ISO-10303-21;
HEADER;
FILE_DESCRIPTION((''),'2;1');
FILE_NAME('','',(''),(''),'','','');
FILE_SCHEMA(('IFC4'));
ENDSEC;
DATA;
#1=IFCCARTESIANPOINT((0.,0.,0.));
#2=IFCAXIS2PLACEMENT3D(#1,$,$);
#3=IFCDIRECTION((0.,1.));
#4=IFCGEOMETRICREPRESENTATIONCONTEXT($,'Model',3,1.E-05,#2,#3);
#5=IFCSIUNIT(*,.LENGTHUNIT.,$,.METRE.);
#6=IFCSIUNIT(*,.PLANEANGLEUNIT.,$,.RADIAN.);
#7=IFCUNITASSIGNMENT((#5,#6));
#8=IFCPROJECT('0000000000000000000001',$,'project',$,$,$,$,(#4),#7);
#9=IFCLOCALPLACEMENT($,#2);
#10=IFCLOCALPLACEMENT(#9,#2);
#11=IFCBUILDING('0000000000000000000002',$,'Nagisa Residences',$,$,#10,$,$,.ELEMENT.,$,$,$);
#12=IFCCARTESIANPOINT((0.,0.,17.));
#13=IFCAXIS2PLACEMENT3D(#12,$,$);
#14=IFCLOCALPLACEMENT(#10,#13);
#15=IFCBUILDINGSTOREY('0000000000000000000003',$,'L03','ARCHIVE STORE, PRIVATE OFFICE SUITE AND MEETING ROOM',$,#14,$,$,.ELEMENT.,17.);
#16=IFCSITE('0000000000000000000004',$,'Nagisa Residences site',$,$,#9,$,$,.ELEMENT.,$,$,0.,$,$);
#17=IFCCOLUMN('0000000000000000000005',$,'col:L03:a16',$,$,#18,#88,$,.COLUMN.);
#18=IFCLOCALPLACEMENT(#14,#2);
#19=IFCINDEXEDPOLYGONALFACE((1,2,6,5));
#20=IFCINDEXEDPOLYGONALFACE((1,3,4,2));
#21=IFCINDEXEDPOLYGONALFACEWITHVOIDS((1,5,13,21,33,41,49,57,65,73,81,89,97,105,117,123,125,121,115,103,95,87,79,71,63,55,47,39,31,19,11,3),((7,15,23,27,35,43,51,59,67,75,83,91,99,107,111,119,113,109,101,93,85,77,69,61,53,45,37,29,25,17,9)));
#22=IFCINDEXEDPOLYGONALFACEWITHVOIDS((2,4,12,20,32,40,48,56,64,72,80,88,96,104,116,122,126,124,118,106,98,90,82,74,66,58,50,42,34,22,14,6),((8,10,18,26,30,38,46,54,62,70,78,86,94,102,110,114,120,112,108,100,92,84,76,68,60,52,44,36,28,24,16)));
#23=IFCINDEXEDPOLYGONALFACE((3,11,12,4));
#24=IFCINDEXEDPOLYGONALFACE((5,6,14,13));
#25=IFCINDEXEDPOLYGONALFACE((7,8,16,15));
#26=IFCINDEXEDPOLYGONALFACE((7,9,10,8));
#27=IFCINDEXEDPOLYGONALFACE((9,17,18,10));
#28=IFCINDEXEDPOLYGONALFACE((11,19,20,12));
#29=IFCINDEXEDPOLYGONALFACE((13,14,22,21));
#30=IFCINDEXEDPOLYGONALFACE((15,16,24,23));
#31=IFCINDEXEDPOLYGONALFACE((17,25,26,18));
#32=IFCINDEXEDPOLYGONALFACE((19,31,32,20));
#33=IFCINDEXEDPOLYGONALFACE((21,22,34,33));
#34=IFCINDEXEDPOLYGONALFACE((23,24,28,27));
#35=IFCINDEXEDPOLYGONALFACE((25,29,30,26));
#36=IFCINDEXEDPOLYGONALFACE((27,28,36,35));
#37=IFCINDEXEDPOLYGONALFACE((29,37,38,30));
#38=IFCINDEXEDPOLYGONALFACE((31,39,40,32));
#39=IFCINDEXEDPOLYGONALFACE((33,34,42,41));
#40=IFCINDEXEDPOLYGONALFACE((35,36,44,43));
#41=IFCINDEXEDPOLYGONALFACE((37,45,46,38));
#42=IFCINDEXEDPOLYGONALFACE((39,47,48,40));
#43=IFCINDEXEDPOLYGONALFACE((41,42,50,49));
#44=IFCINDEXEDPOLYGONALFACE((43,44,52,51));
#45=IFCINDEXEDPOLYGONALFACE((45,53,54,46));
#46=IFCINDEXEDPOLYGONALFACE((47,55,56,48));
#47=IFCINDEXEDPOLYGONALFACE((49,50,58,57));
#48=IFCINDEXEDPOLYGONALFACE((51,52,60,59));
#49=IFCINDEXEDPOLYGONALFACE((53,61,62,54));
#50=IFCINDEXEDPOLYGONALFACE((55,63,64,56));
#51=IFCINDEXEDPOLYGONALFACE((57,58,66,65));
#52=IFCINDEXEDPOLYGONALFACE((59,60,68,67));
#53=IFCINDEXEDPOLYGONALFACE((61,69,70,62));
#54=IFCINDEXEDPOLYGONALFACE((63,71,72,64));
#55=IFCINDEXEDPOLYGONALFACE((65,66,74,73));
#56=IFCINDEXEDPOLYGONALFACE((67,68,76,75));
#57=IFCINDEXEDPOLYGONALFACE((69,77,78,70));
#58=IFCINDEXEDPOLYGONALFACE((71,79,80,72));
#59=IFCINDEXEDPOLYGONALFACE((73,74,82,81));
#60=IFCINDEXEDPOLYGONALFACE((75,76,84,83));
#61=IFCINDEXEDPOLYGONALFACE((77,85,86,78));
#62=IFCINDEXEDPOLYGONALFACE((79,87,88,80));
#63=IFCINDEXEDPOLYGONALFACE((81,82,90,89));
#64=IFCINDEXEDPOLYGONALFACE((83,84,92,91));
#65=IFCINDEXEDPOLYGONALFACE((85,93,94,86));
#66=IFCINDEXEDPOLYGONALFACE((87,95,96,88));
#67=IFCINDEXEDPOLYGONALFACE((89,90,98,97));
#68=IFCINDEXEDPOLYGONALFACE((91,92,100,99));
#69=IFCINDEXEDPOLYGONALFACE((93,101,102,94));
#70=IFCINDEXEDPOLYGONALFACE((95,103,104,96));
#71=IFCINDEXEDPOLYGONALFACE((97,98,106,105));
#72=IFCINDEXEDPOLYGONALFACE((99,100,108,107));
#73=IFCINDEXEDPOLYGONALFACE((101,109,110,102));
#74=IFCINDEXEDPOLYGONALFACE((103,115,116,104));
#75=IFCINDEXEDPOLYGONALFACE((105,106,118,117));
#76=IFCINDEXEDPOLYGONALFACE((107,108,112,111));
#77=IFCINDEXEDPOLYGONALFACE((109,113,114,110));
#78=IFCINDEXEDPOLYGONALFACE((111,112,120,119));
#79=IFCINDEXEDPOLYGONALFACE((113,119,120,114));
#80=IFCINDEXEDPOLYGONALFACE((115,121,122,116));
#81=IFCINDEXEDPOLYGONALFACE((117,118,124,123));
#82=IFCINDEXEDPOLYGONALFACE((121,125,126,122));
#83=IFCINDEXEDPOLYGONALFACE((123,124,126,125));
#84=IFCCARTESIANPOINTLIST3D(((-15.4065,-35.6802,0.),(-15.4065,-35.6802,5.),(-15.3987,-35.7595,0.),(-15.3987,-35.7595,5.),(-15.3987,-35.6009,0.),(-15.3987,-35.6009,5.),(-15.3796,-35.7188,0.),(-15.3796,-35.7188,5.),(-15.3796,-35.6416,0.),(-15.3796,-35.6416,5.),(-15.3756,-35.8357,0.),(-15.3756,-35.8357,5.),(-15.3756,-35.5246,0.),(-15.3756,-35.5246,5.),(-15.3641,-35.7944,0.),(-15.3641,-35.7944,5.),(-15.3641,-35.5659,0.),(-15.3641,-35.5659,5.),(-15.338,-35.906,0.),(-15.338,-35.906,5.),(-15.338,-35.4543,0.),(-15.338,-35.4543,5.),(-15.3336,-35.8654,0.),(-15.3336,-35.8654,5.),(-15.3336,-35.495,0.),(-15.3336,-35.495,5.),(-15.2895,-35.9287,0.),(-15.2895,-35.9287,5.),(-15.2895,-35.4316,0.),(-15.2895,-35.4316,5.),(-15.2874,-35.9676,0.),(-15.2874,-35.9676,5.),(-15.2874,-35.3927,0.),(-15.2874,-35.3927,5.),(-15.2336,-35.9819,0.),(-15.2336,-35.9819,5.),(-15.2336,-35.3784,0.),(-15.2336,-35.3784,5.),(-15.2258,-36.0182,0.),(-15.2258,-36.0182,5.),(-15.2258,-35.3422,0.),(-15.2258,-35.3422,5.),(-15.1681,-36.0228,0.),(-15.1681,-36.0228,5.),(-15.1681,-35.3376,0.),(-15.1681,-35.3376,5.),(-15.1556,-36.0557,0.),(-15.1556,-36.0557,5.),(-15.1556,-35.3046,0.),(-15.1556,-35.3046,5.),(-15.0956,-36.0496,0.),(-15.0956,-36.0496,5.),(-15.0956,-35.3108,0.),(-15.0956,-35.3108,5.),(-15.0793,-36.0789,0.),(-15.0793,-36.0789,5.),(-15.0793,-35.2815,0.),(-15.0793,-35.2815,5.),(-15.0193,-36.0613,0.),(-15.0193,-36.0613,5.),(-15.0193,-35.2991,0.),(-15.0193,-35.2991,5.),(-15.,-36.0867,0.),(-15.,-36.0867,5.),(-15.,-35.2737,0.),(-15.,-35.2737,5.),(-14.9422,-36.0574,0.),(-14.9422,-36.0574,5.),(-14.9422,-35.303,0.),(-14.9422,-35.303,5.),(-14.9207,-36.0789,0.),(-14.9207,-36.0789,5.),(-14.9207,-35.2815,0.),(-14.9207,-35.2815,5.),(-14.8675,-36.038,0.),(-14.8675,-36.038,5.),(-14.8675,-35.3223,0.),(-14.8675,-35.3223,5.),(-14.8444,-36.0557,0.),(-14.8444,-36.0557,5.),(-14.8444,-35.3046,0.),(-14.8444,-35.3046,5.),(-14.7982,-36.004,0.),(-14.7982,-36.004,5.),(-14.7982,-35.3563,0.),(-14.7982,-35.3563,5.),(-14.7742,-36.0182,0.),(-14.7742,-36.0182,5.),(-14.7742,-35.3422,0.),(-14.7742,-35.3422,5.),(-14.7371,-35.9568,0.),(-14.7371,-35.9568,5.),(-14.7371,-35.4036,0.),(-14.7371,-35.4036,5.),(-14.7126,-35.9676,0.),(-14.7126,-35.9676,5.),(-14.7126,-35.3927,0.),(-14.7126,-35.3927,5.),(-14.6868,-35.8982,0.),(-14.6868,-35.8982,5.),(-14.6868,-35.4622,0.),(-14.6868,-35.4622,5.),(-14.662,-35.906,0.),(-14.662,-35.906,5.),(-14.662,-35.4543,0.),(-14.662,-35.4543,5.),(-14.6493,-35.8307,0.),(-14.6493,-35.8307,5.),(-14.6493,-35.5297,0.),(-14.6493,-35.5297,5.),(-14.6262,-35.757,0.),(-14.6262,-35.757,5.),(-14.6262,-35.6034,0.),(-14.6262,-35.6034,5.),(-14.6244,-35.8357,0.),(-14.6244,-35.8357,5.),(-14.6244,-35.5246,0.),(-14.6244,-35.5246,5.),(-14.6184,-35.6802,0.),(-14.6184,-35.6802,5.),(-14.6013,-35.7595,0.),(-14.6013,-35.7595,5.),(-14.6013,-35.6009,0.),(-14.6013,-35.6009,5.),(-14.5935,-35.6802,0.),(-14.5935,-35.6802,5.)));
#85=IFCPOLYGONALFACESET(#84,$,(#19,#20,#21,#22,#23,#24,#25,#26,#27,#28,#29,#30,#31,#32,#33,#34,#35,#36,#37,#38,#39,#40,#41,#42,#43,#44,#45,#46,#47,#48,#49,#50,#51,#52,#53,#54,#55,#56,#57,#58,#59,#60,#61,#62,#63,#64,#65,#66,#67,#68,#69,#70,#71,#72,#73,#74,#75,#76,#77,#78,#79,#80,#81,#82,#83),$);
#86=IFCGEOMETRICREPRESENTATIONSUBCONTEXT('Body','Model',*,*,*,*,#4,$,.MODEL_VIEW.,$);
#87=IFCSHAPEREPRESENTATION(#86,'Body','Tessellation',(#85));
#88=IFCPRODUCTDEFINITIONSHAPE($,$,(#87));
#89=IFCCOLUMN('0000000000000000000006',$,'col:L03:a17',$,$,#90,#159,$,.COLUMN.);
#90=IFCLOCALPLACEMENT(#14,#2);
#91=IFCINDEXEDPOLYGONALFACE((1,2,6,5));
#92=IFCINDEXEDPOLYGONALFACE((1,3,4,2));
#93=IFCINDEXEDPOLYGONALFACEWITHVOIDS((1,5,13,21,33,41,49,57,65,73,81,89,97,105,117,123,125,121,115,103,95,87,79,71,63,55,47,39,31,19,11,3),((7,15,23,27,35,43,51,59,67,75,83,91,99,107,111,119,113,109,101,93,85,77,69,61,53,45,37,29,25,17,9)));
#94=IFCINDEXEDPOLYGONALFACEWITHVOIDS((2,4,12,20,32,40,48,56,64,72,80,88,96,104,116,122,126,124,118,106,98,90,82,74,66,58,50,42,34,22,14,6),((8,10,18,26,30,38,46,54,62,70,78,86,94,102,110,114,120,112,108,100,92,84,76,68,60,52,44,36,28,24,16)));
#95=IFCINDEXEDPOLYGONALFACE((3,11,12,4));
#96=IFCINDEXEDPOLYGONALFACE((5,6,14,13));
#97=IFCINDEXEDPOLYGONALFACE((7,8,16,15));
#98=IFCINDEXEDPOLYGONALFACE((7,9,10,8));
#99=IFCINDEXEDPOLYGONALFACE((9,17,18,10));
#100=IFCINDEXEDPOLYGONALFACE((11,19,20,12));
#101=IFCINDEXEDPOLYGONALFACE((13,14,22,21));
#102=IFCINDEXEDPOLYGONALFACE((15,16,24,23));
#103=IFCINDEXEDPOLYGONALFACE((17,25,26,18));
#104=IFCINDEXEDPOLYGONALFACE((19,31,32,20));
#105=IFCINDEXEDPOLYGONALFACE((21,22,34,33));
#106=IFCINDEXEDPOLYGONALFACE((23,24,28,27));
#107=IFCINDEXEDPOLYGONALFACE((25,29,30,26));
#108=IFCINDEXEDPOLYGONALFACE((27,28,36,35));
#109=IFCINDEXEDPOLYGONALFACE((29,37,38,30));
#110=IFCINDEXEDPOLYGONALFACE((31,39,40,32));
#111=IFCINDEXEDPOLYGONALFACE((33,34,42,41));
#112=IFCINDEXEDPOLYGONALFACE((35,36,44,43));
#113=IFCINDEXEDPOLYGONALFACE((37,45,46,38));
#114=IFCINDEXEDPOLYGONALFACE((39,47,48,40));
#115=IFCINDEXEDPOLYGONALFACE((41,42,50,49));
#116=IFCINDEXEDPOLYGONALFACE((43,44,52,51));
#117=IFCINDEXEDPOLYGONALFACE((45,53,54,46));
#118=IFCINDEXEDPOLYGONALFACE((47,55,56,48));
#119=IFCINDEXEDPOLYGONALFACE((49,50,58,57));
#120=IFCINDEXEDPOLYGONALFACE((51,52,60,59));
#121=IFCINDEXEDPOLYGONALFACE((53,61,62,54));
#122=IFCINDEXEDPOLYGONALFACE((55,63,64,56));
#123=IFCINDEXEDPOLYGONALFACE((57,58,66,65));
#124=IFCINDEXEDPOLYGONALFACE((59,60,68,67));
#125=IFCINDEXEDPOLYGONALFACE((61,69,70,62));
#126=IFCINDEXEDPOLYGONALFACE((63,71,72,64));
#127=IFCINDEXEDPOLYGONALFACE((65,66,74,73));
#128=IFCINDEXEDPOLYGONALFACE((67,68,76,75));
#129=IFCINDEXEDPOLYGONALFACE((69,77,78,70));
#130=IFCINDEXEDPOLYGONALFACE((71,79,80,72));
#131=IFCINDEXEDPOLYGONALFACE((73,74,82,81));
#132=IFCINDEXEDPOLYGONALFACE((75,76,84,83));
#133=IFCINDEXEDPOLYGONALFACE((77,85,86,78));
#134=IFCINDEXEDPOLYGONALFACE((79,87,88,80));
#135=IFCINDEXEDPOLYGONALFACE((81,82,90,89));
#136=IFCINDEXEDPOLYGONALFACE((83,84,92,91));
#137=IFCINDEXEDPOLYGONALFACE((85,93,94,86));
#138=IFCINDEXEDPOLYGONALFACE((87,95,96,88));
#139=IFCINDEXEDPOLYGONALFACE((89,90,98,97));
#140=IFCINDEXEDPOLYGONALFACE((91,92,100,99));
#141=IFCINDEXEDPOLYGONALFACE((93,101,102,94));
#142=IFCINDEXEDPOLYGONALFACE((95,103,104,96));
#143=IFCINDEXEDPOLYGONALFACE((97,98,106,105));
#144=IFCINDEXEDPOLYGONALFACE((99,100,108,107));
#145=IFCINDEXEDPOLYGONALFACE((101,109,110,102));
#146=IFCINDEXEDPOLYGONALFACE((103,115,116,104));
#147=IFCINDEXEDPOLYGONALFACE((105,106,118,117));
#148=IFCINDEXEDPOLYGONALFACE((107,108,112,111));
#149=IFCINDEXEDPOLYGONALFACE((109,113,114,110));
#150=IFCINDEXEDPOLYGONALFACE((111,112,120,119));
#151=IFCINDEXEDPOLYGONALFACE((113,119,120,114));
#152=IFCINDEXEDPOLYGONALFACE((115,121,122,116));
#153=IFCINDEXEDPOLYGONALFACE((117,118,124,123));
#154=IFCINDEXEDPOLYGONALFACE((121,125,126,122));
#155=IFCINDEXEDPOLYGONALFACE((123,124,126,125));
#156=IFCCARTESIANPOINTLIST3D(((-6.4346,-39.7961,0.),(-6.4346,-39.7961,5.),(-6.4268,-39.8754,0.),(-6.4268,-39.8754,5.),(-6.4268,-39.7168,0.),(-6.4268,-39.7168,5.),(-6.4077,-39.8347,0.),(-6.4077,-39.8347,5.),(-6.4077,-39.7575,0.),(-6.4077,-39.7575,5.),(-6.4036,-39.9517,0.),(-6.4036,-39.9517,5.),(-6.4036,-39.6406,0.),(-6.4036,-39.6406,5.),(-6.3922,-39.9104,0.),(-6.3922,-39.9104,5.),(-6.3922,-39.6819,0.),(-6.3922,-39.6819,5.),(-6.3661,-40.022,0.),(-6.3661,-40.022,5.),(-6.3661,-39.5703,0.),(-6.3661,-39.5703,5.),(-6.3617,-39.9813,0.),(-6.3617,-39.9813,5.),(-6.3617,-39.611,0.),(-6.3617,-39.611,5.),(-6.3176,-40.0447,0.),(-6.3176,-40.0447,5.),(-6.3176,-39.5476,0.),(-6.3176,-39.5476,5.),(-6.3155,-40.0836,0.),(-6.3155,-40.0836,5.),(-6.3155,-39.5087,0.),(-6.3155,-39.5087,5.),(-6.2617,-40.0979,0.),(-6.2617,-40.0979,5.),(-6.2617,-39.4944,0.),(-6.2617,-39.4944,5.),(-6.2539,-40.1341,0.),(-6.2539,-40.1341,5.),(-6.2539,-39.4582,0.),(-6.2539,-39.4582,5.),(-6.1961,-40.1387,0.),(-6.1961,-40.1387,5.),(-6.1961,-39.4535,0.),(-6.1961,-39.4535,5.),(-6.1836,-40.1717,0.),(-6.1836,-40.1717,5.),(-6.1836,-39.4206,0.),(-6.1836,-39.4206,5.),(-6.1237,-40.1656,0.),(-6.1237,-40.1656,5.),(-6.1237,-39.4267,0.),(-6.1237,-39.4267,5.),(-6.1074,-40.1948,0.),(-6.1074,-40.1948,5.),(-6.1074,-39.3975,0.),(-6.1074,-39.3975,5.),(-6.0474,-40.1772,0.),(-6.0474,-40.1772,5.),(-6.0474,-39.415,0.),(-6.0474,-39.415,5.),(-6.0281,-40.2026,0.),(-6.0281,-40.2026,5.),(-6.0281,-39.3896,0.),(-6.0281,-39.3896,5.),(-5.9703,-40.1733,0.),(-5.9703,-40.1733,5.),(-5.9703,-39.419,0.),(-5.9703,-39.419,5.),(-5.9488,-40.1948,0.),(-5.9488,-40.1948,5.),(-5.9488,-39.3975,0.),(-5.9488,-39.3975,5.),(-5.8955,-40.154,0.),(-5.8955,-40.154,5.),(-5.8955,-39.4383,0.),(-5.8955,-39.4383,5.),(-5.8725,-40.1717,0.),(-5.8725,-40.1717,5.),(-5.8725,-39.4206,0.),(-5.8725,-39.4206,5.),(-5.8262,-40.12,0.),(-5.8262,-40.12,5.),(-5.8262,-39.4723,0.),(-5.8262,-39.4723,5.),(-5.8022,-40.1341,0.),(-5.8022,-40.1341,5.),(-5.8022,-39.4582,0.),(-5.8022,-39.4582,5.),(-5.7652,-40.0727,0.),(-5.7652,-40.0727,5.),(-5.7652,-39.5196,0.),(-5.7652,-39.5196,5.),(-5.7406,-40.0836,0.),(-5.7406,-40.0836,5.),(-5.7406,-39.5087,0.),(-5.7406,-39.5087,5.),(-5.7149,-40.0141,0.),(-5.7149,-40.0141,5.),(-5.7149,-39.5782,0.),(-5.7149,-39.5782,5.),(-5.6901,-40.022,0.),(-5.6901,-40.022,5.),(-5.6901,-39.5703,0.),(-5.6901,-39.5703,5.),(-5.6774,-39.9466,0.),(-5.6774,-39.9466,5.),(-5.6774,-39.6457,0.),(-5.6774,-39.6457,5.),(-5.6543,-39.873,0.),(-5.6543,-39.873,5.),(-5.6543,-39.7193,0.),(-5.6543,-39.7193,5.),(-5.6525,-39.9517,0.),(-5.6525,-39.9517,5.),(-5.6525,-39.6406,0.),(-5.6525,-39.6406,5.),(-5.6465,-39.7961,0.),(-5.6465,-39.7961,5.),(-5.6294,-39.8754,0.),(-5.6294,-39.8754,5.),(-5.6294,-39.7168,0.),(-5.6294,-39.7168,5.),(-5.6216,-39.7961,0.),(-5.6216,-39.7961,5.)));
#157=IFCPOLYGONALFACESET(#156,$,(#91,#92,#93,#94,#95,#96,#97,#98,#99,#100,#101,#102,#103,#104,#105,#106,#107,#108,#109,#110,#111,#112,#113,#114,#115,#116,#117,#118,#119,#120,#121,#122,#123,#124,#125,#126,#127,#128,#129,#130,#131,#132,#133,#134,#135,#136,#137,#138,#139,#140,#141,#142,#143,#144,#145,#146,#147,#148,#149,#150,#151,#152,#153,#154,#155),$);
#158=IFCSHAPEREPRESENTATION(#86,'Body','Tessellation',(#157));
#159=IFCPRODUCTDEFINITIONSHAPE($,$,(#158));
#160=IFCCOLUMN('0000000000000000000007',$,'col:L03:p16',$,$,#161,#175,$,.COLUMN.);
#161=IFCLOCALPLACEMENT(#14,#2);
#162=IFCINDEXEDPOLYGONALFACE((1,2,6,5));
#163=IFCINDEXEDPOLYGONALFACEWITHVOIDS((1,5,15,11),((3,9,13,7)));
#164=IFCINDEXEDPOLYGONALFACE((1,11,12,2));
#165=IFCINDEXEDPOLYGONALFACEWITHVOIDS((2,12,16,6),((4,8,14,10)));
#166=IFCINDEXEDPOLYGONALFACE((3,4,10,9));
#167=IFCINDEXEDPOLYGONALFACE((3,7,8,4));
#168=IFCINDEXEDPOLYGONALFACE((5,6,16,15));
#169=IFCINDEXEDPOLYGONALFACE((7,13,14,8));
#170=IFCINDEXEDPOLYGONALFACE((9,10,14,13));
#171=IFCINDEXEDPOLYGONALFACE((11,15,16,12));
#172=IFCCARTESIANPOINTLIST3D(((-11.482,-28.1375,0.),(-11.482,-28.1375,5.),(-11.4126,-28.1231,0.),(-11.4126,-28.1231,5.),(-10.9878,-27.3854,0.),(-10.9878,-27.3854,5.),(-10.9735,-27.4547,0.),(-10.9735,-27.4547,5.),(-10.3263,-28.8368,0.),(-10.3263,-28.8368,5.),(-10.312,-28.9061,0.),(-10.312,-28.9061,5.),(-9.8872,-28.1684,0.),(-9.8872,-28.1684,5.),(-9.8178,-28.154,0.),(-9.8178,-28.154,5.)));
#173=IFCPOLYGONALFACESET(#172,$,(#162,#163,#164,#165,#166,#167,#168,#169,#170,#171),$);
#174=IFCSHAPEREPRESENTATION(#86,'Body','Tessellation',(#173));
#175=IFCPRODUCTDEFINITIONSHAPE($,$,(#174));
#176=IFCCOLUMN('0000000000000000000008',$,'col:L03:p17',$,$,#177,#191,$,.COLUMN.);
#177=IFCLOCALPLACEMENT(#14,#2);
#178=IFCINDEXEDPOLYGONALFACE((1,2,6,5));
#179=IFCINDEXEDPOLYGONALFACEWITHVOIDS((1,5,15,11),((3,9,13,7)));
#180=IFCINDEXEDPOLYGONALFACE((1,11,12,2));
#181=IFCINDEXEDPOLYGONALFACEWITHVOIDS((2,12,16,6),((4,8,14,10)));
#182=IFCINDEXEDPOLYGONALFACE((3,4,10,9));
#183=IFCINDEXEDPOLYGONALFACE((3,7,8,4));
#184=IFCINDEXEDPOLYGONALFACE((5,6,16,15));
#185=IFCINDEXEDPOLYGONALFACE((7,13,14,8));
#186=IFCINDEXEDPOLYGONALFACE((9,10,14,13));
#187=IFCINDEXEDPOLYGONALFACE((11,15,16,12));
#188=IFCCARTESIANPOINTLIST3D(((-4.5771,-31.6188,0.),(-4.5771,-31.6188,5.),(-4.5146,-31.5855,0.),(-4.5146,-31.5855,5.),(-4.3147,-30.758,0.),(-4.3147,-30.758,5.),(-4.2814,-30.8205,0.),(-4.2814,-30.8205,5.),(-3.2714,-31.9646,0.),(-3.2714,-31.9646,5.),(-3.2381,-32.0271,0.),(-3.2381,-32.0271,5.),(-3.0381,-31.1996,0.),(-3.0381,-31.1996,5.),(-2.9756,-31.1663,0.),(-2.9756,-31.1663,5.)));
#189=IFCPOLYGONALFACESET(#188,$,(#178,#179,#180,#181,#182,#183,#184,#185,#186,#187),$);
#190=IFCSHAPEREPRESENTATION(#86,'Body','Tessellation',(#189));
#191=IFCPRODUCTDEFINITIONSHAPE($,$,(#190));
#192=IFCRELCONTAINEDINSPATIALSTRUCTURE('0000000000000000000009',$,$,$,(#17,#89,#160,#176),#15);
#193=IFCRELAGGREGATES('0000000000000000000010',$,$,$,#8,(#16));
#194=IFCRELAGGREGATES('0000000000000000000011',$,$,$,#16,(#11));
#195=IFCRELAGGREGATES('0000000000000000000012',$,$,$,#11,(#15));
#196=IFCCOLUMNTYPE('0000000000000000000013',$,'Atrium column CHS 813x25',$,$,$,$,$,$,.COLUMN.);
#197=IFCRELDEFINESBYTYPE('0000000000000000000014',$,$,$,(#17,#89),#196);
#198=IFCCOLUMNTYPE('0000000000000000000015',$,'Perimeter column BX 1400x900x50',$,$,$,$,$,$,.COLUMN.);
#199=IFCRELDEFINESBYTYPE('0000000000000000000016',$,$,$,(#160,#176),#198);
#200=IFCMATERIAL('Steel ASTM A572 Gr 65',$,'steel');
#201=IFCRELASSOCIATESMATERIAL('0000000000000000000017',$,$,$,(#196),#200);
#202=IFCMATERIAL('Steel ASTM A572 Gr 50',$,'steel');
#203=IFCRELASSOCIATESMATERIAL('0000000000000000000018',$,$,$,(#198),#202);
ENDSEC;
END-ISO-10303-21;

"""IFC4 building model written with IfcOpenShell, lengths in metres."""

from ifc_helpers import new_model, si_unit, direction, frame, origin, origin_2d, place, context, subcontext, project, spatial, hollow_rectangle, hollow_circle, extrude, material, material_profile, profile_set, type_object, element, save


model = new_model("IFC4")

# Units and contexts
model_context = context("Model", 3, precision=1e-05, world=origin(), true_north=direction((0.0, 1.0)))
body_context = subcontext(model_context, "Body", "Model", "MODEL_VIEW")
ifc_project = project(units=[si_unit("LENGTHUNIT", "METRE"), si_unit("PLANEANGLEUNIT", "RADIAN")], contexts=[model_context])

# Site, building, storey
site_placement = place(None, origin())
site = spatial("IfcSite", under=ifc_project, at=site_placement, Name="Nagisa Residences site", CompositionType="ELEMENT", RefElevation=0.0)
building_placement = place(site_placement, origin())
building = spatial("IfcBuilding", under=site, at=building_placement, Name="Nagisa Residences", CompositionType="ELEMENT")
storey_placement = place(building_placement, frame((0.0, 0.0, 17.0)))
storey = spatial("IfcBuildingStorey", under=building, at=storey_placement, Name="L03", Description="ARCHIVE STORE, PRIVATE OFFICE SUITE AND MEETING ROOM", CompositionType="ELEMENT", Elevation=17.0)

# Columns
ifc_material_1 = material(Name="Steel ASTM A572 Gr 65", Category="steel")
ifc_material_profile_1 = material_profile(ifc_material_1, hollow_circle(Radius=0.4065, WallThickness=0.0249, at=origin_2d()), Name="CHS 813x25")
ifc_profile_set_1 = profile_set([ifc_material_profile_1], Name="Steel ASTM A572 Gr 65")
column_type_1 = type_object("IfcColumnType", Name="Atrium column CHS 813x25", PredefinedType="COLUMN", material=ifc_profile_set_1)
for number, where, z_axis, x_axis, name in (
    (1, (-15.0, -35.6802, 0.0), (0.0, 0.0, 1.0), (1.0, 0.0, 0.0), "col:L03:a16"),
    (2, (-6.0281, -39.7961, 0.0), (0.0, 0.0, 1.0), (1.0, 0.0, 0.0), "col:L03:a17"),
):
    element("IfcColumn", number, at=place(storey_placement, frame(where, z_axis=z_axis, x_axis=x_axis)), inside=storey, type_object=column_type_1, Name=name, PredefinedType="COLUMN", context=body_context, shape_type="SweptSolid", body=[
        extrude(hollow_circle(Radius=0.4065, WallThickness=0.0249, at=origin_2d()), origin(), (0.0, 0.0, 1.0), 5.0),
    ])
ifc_material_2 = material(Name="Steel ASTM A572 Gr 50", Category="steel")
ifc_material_profile_2 = material_profile(ifc_material_2, hollow_rectangle(XDim=1.3999, YDim=0.8999, WallThickness=0.05, at=origin_2d()), Name="BX 1400x900x50")
ifc_profile_set_2 = profile_set([ifc_material_profile_2], Name="Steel ASTM A572 Gr 50")
column_type_2 = type_object("IfcColumnType", Name="Perimeter column BX 1400x900x50", PredefinedType="COLUMN", material=ifc_profile_set_2)
for number, where, z_axis, x_axis, name in (
    (3, (-10.6499, -28.1458, 0.0), (0.0, 0.0, 1.0), (0.835766, -0.549086, 0.0), "col:L03:p16"),
    (4, (-3.7764, -31.3926, 0.0), (0.0, 0.0, 1.0), (0.956525, -0.291652, 0.0), "col:L03:p17"),
):
    element("IfcColumn", number, at=place(storey_placement, frame(where, z_axis=z_axis, x_axis=x_axis)), inside=storey, type_object=column_type_2, Name=name, PredefinedType="COLUMN", context=body_context, shape_type="SweptSolid", body=[
        extrude(hollow_rectangle(XDim=1.3999, YDim=0.8999, WallThickness=0.05, at=origin_2d()), origin(), (0.0, 0.0, 1.0), 5.0),
    ])

save(model, "model.ifc")
